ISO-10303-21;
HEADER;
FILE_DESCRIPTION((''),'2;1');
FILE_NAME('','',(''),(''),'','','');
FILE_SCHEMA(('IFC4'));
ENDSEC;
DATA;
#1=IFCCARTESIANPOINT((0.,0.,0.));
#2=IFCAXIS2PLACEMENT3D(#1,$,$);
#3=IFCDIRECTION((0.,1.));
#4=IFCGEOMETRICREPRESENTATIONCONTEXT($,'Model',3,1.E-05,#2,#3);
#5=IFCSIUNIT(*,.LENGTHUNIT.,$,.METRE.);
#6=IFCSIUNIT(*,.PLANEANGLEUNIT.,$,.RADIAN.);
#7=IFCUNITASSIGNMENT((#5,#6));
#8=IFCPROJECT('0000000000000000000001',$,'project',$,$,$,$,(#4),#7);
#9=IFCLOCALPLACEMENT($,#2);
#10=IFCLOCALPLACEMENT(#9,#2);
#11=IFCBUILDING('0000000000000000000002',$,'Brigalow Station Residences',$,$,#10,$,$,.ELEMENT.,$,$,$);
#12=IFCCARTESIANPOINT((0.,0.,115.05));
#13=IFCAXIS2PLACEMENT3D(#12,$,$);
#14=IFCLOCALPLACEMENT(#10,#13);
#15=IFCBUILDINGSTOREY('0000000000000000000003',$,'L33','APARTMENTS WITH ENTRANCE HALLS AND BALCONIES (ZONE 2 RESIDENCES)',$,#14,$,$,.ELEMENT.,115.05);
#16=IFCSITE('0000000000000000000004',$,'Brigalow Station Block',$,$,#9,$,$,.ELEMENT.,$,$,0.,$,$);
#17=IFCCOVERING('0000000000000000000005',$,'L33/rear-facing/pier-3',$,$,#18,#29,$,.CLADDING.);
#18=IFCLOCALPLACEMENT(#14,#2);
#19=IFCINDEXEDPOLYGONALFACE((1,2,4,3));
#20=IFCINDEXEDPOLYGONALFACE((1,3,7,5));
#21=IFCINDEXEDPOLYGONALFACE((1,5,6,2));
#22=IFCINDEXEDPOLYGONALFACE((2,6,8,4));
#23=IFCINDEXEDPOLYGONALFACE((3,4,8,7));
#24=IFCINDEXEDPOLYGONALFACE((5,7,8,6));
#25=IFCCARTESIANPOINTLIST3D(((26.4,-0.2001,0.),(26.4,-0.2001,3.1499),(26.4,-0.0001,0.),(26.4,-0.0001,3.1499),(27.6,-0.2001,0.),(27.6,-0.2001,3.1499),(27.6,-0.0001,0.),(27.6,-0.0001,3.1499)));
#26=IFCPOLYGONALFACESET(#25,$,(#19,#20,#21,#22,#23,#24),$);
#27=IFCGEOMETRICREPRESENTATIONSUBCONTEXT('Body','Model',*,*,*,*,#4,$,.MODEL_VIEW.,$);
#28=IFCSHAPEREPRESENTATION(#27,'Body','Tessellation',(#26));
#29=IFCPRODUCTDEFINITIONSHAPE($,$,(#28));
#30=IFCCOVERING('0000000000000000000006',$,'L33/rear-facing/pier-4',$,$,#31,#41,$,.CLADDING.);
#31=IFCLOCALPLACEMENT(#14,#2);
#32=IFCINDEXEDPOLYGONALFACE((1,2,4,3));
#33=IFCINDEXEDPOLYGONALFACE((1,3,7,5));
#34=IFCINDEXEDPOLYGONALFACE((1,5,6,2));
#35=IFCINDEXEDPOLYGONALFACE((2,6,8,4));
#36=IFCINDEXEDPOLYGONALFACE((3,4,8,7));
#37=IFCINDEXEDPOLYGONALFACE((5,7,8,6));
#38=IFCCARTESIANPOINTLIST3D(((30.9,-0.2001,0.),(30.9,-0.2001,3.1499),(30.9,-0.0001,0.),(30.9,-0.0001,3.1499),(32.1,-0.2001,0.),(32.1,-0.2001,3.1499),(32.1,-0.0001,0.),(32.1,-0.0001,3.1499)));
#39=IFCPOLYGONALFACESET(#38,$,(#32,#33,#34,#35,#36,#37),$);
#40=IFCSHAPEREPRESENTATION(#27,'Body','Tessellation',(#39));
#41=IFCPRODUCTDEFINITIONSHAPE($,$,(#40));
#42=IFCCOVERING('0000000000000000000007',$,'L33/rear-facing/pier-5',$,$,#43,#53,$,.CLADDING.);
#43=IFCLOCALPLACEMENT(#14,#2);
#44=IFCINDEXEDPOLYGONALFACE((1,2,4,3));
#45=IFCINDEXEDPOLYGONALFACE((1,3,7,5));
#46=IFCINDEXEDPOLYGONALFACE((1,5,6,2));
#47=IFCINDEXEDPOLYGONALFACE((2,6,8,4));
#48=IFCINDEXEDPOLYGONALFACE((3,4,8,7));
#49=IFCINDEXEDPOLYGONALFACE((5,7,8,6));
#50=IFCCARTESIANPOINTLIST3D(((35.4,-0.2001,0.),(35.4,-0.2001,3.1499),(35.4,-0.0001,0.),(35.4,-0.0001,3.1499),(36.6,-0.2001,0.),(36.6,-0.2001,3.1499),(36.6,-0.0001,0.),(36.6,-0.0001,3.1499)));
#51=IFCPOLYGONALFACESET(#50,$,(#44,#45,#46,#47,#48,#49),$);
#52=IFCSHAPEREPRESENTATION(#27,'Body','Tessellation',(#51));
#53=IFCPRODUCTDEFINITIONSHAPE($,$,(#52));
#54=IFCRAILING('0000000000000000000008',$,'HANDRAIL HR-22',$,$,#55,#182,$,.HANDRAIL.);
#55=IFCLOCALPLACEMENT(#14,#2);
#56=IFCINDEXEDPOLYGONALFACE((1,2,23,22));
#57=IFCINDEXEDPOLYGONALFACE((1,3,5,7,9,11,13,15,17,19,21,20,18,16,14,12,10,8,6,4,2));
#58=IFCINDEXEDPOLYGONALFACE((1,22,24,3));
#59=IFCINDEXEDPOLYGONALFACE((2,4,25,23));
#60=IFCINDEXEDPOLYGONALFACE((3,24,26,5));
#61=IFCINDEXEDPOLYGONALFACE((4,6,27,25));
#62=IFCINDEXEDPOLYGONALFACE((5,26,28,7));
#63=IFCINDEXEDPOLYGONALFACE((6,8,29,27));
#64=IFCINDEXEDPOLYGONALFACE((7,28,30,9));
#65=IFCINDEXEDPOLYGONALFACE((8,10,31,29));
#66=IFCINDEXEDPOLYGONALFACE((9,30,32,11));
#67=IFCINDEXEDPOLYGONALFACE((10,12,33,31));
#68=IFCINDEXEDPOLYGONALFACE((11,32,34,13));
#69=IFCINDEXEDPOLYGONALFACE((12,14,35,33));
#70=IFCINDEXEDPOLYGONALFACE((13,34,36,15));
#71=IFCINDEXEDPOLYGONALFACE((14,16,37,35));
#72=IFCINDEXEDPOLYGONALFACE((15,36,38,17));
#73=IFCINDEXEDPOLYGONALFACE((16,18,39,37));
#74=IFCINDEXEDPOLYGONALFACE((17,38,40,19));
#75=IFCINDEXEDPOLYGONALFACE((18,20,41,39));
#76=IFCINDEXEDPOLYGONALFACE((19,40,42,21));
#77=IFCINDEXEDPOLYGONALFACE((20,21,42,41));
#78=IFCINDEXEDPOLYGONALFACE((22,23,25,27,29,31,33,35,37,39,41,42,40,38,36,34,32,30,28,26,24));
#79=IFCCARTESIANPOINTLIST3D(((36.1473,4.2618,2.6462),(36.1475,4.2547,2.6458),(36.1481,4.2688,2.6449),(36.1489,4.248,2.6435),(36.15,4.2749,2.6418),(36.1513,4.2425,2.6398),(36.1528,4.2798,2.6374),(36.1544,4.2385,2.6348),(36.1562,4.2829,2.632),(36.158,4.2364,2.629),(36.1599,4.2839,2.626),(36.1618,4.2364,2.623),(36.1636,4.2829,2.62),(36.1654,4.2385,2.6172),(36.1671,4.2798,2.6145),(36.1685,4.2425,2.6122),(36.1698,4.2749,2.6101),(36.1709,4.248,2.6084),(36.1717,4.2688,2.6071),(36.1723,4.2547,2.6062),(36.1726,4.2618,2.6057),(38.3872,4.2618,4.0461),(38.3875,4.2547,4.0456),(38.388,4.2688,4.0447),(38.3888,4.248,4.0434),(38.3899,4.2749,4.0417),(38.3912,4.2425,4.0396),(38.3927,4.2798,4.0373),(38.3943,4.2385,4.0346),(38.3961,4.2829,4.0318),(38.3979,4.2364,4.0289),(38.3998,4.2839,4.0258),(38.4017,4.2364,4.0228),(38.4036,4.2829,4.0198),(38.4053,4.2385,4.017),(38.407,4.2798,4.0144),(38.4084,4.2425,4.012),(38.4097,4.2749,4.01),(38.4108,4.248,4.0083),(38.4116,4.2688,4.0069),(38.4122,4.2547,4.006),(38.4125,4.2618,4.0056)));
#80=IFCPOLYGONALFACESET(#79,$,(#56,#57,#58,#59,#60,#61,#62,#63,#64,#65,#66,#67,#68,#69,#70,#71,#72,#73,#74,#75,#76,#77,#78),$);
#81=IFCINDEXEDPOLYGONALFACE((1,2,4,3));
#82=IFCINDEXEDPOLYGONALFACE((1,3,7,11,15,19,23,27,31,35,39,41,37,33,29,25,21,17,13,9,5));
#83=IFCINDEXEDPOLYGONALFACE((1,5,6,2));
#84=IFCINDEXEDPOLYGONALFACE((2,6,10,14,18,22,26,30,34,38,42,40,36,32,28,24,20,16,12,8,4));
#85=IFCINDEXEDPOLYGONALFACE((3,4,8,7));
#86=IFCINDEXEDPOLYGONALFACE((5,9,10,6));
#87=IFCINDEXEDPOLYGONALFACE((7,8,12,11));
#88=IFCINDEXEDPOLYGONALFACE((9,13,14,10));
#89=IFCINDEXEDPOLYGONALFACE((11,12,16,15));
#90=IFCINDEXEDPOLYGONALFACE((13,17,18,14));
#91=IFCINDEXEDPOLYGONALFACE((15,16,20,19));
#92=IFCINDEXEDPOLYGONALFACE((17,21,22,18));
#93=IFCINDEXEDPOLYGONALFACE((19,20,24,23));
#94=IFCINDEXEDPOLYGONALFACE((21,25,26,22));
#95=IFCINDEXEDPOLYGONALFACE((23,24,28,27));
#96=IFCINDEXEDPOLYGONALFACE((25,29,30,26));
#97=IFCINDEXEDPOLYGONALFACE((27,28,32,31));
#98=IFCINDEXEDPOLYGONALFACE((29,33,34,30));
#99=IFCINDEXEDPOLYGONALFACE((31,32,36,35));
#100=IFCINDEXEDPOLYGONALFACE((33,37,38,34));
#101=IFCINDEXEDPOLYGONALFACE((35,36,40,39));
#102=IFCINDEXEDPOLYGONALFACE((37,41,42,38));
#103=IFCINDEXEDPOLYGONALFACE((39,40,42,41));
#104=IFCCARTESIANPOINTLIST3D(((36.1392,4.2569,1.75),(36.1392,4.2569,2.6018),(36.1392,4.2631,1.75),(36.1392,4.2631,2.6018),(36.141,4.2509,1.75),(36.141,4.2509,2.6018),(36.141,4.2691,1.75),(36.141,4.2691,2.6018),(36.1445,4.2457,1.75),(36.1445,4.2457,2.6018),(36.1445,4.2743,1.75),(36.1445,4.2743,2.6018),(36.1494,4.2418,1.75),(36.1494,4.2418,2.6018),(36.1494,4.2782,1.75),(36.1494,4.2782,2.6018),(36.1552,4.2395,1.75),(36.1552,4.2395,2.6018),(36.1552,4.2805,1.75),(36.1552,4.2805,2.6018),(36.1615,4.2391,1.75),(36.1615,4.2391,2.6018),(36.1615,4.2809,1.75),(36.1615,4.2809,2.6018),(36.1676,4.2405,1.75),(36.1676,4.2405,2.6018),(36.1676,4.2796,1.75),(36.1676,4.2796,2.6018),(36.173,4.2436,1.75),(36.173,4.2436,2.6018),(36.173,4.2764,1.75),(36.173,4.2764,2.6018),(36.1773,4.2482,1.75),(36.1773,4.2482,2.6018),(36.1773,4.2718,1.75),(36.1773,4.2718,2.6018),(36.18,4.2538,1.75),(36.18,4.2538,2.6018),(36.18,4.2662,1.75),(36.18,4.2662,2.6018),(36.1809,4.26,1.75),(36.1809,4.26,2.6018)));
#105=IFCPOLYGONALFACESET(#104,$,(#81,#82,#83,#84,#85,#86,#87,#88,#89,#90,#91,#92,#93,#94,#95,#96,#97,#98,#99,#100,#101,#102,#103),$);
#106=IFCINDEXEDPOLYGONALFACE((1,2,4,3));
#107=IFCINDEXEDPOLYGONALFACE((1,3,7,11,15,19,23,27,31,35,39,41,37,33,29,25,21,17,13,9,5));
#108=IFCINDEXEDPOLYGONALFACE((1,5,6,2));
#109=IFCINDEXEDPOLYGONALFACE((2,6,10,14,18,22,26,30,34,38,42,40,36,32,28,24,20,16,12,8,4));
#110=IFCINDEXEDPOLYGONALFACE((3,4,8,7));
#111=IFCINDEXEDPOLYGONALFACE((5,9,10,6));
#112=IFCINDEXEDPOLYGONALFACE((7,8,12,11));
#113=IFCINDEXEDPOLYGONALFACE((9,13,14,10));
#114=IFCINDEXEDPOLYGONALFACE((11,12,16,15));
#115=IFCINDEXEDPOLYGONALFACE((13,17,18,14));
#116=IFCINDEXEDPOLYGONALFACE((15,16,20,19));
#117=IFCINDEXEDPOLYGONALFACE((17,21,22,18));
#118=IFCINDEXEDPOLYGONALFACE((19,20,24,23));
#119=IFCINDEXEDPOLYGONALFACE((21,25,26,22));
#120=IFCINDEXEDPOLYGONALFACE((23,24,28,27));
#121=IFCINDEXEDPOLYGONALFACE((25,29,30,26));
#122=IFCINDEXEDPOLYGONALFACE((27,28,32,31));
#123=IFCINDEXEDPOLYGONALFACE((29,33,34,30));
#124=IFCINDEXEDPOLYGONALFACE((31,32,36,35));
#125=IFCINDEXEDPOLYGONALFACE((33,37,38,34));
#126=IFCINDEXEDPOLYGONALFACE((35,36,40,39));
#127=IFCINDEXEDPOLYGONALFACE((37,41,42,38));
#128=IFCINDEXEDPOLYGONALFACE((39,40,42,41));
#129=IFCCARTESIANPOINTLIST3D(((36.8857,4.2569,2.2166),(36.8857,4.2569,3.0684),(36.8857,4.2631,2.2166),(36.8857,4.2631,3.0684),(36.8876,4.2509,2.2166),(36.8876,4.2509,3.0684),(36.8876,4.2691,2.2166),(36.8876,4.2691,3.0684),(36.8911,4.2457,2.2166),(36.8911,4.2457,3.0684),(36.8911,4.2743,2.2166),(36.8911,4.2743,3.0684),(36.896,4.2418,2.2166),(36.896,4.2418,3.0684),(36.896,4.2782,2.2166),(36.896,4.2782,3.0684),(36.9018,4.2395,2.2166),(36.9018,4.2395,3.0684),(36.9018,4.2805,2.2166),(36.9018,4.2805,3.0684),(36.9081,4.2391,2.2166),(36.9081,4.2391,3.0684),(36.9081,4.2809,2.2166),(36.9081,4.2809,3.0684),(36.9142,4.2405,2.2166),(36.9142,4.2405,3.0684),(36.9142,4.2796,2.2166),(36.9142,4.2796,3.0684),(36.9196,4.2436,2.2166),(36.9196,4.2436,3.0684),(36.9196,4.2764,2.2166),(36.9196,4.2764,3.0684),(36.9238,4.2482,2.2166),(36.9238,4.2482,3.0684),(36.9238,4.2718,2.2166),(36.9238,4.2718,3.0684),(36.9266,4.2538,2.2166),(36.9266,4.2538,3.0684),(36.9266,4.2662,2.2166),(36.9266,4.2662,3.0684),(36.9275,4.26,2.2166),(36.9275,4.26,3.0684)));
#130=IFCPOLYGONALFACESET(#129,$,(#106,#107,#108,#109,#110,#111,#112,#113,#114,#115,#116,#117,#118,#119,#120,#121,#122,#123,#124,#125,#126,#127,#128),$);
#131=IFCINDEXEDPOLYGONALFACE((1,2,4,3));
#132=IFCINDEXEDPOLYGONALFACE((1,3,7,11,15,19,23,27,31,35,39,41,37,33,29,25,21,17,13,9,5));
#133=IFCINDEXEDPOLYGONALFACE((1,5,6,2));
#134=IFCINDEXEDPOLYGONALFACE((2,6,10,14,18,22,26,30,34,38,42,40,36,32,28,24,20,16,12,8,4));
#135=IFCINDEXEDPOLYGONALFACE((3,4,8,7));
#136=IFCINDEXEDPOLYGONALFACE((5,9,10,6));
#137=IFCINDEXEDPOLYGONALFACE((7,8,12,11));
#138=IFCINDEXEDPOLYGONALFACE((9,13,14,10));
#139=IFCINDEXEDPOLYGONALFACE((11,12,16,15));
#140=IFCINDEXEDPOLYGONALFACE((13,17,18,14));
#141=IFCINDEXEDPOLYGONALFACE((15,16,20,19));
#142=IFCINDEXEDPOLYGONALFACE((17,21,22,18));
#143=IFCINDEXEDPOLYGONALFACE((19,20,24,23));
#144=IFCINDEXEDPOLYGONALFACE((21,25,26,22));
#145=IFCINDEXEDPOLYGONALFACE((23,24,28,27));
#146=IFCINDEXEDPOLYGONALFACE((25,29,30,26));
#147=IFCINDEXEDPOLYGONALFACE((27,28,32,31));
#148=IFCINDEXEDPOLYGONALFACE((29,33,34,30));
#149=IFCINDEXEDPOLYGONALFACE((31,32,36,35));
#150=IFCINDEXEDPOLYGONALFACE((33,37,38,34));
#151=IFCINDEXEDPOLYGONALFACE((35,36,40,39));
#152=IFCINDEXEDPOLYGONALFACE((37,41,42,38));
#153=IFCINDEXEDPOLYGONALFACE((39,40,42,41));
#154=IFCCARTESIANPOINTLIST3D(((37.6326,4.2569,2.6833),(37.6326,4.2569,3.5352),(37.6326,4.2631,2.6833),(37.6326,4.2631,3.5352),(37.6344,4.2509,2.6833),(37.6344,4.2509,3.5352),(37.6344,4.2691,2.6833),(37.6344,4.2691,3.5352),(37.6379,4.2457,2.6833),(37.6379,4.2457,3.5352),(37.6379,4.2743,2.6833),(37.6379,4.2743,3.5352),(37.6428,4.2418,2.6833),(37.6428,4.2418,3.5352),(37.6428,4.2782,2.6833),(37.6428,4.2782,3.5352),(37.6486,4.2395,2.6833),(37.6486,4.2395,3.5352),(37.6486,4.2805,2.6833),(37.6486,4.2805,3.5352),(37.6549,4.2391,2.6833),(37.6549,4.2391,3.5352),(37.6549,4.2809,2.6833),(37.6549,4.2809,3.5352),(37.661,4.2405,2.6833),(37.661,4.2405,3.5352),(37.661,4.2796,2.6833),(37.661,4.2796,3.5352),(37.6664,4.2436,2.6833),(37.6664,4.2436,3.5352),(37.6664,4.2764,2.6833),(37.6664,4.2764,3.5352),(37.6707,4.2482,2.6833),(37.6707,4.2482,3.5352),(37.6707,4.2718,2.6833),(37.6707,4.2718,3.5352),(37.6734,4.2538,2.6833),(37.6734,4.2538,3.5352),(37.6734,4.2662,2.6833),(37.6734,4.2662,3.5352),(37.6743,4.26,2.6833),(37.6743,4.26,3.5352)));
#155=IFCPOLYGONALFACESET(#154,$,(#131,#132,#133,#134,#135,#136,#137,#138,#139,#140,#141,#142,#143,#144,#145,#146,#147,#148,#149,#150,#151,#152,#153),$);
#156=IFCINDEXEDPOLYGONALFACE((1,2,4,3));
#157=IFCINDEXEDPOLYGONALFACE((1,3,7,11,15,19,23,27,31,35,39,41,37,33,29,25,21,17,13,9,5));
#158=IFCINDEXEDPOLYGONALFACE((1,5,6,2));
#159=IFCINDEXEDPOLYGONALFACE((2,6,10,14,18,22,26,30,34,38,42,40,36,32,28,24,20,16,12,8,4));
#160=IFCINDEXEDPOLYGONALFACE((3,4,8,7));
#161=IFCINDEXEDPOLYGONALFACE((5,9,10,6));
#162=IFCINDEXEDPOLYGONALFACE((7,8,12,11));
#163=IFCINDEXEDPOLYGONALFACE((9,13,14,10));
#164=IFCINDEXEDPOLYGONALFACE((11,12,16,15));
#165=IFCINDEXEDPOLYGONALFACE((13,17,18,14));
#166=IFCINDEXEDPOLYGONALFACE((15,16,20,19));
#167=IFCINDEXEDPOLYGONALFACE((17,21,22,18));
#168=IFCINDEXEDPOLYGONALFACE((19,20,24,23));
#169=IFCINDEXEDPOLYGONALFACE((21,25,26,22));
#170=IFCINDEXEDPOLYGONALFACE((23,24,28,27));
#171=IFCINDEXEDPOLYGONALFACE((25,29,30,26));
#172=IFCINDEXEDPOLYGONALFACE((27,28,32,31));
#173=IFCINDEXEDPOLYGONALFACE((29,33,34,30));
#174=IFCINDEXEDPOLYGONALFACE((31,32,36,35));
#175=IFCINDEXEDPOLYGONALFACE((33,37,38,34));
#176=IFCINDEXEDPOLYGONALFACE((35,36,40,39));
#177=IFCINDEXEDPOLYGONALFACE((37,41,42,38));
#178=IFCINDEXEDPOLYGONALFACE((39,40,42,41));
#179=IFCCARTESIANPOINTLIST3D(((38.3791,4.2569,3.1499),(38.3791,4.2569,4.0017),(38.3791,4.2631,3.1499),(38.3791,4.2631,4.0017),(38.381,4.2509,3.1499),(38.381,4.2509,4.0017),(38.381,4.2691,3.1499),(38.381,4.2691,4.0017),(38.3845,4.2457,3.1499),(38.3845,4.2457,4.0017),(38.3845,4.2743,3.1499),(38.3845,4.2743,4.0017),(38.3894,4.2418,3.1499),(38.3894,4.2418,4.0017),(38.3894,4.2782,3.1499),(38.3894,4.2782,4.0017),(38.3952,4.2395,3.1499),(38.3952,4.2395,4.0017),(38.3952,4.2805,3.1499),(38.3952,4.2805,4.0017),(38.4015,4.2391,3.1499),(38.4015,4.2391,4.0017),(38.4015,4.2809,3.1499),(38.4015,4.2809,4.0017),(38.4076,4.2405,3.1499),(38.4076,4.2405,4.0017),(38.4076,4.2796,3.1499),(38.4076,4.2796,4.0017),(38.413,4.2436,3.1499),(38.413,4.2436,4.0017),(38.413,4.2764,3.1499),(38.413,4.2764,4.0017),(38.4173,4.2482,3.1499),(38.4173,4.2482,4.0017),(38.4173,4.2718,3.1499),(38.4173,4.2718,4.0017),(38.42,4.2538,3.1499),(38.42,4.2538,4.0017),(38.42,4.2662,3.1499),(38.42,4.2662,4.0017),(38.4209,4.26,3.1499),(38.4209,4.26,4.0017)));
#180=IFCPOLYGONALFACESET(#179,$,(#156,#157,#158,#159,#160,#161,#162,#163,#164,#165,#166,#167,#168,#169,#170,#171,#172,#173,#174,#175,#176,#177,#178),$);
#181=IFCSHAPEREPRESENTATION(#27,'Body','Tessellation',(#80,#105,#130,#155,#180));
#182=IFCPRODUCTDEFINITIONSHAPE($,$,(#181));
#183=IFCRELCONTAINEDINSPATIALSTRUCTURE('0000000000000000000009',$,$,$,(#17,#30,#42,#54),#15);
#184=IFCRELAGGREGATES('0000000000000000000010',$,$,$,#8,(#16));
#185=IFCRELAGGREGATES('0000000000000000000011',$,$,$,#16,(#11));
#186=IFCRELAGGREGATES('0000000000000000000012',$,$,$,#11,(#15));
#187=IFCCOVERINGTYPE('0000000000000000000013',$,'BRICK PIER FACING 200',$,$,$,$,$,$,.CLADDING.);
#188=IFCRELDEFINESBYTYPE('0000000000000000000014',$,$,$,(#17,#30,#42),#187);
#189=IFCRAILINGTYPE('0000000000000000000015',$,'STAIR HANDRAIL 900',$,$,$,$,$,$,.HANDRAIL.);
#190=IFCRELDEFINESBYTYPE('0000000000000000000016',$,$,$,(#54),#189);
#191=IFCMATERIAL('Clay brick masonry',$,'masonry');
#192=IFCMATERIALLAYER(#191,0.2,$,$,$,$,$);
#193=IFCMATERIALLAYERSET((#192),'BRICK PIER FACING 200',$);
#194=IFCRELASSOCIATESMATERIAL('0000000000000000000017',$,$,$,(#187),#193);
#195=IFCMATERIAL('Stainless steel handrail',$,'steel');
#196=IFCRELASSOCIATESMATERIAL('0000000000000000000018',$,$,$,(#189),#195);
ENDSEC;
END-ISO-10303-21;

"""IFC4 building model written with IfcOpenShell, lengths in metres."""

from ifc_helpers import new_model, si_unit, direction, frame, origin, origin_2d, place, context, subcontext, project, spatial, rectangle, circle, extrude, material, layer, layer_set, type_object, element, save


model = new_model("IFC4")

# Units and contexts
model_context = context("Model", 3, precision=1e-05, world=origin(), true_north=direction((0.0, 1.0)))
body_context = subcontext(model_context, "Body", "Model", "MODEL_VIEW")
ifc_project = project(units=[si_unit("LENGTHUNIT", "METRE"), si_unit("PLANEANGLEUNIT", "RADIAN")], contexts=[model_context])

# Site, building, storey
site_placement = place(None, origin())
site = spatial("IfcSite", under=ifc_project, at=site_placement, Name="Brigalow Station Block", CompositionType="ELEMENT", RefElevation=0.0)
building_placement = place(site_placement, origin())
building = spatial("IfcBuilding", under=site, at=building_placement, Name="Brigalow Station Residences", CompositionType="ELEMENT")
storey_placement = place(building_placement, frame((0.0, 0.0, 115.05)))
storey = spatial("IfcBuildingStorey", under=building, at=storey_placement, Name="L33", Description="APARTMENTS WITH ENTRANCE HALLS AND BALCONIES (ZONE 2 RESIDENCES)", CompositionType="ELEMENT", Elevation=115.05)

# Coverings
ifc_material_1 = material(Name="Clay brick masonry", Category="masonry")
ifc_layer_1 = layer(ifc_material_1, 0.2)
ifc_layer_set_1 = layer_set([ifc_layer_1], Name="BRICK PIER FACING 200")
covering_type_1 = type_object("IfcCoveringType", Name="BRICK PIER FACING 200", PredefinedType="CLADDING", material=ifc_layer_set_1)
for number, where, z_axis, x_axis, name in (
    (1, (27.0, -0.1001, 0.0), (0.0, 0.0, 1.0), (1.0, 0.0, 0.0), "L33/rear-facing/pier-3"),
    (2, (31.5, -0.1001, 0.0), (0.0, 0.0, 1.0), (1.0, 0.0, 0.0), "L33/rear-facing/pier-4"),
    (3, (36.0, -0.1001, 0.0), (0.0, 0.0, 1.0), (1.0, 0.0, 0.0), "L33/rear-facing/pier-5"),
):
    element("IfcCovering", number, at=place(storey_placement, frame(where, z_axis=z_axis, x_axis=x_axis)), inside=storey, type_object=covering_type_1, Name=name, PredefinedType="CLADDING", context=body_context, shape_type="SweptSolid", body=[
        extrude(rectangle(XDim=1.2, YDim=0.2, at=origin_2d()), origin(), (0.0, 0.0, 1.0), 3.1499),
    ])

# Railing
ifc_material_2 = material(Name="Stainless steel handrail", Category="steel")
railing_type = type_object("IfcRailingType", Name="STAIR HANDRAIL 900", PredefinedType="HANDRAIL", material=ifc_material_2)
railing_placement = place(storey_placement, frame((36.1599, 4.26, 1.75)))
element("IfcRailing", 4, at=railing_placement, inside=storey, type_object=railing_type, Name="HANDRAIL HR-22", PredefinedType="HANDRAIL", context=body_context, shape_type="SweptSolid", body=[
    extrude(circle(Radius=0.0239, at=origin_2d()), frame((0.0, 0.0, 0.876), z_axis=(0.848014, 0.0, 0.529974), x_axis=(0.0, 1.0, 0.0)), (0.0, 0.0, 1.0), 2.6414),
    extrude(circle(Radius=0.021, at=origin_2d()), origin(), (0.0, 0.0, 1.0), 0.8518),
    extrude(circle(Radius=0.021, at=origin_2d()), frame((0.7466, 0.0, 0.4666)), (0.0, 0.0, 1.0), 0.8518),
    extrude(circle(Radius=0.021, at=origin_2d()), frame((1.4934, 0.0, 0.9333)), (0.0, 0.0, 1.0), 0.8518),
    extrude(circle(Radius=0.021, at=origin_2d()), frame((2.24, 0.0, 1.3999)), (0.0, 0.0, 1.0), 0.8518),
])

save(model, "model.ifc")
